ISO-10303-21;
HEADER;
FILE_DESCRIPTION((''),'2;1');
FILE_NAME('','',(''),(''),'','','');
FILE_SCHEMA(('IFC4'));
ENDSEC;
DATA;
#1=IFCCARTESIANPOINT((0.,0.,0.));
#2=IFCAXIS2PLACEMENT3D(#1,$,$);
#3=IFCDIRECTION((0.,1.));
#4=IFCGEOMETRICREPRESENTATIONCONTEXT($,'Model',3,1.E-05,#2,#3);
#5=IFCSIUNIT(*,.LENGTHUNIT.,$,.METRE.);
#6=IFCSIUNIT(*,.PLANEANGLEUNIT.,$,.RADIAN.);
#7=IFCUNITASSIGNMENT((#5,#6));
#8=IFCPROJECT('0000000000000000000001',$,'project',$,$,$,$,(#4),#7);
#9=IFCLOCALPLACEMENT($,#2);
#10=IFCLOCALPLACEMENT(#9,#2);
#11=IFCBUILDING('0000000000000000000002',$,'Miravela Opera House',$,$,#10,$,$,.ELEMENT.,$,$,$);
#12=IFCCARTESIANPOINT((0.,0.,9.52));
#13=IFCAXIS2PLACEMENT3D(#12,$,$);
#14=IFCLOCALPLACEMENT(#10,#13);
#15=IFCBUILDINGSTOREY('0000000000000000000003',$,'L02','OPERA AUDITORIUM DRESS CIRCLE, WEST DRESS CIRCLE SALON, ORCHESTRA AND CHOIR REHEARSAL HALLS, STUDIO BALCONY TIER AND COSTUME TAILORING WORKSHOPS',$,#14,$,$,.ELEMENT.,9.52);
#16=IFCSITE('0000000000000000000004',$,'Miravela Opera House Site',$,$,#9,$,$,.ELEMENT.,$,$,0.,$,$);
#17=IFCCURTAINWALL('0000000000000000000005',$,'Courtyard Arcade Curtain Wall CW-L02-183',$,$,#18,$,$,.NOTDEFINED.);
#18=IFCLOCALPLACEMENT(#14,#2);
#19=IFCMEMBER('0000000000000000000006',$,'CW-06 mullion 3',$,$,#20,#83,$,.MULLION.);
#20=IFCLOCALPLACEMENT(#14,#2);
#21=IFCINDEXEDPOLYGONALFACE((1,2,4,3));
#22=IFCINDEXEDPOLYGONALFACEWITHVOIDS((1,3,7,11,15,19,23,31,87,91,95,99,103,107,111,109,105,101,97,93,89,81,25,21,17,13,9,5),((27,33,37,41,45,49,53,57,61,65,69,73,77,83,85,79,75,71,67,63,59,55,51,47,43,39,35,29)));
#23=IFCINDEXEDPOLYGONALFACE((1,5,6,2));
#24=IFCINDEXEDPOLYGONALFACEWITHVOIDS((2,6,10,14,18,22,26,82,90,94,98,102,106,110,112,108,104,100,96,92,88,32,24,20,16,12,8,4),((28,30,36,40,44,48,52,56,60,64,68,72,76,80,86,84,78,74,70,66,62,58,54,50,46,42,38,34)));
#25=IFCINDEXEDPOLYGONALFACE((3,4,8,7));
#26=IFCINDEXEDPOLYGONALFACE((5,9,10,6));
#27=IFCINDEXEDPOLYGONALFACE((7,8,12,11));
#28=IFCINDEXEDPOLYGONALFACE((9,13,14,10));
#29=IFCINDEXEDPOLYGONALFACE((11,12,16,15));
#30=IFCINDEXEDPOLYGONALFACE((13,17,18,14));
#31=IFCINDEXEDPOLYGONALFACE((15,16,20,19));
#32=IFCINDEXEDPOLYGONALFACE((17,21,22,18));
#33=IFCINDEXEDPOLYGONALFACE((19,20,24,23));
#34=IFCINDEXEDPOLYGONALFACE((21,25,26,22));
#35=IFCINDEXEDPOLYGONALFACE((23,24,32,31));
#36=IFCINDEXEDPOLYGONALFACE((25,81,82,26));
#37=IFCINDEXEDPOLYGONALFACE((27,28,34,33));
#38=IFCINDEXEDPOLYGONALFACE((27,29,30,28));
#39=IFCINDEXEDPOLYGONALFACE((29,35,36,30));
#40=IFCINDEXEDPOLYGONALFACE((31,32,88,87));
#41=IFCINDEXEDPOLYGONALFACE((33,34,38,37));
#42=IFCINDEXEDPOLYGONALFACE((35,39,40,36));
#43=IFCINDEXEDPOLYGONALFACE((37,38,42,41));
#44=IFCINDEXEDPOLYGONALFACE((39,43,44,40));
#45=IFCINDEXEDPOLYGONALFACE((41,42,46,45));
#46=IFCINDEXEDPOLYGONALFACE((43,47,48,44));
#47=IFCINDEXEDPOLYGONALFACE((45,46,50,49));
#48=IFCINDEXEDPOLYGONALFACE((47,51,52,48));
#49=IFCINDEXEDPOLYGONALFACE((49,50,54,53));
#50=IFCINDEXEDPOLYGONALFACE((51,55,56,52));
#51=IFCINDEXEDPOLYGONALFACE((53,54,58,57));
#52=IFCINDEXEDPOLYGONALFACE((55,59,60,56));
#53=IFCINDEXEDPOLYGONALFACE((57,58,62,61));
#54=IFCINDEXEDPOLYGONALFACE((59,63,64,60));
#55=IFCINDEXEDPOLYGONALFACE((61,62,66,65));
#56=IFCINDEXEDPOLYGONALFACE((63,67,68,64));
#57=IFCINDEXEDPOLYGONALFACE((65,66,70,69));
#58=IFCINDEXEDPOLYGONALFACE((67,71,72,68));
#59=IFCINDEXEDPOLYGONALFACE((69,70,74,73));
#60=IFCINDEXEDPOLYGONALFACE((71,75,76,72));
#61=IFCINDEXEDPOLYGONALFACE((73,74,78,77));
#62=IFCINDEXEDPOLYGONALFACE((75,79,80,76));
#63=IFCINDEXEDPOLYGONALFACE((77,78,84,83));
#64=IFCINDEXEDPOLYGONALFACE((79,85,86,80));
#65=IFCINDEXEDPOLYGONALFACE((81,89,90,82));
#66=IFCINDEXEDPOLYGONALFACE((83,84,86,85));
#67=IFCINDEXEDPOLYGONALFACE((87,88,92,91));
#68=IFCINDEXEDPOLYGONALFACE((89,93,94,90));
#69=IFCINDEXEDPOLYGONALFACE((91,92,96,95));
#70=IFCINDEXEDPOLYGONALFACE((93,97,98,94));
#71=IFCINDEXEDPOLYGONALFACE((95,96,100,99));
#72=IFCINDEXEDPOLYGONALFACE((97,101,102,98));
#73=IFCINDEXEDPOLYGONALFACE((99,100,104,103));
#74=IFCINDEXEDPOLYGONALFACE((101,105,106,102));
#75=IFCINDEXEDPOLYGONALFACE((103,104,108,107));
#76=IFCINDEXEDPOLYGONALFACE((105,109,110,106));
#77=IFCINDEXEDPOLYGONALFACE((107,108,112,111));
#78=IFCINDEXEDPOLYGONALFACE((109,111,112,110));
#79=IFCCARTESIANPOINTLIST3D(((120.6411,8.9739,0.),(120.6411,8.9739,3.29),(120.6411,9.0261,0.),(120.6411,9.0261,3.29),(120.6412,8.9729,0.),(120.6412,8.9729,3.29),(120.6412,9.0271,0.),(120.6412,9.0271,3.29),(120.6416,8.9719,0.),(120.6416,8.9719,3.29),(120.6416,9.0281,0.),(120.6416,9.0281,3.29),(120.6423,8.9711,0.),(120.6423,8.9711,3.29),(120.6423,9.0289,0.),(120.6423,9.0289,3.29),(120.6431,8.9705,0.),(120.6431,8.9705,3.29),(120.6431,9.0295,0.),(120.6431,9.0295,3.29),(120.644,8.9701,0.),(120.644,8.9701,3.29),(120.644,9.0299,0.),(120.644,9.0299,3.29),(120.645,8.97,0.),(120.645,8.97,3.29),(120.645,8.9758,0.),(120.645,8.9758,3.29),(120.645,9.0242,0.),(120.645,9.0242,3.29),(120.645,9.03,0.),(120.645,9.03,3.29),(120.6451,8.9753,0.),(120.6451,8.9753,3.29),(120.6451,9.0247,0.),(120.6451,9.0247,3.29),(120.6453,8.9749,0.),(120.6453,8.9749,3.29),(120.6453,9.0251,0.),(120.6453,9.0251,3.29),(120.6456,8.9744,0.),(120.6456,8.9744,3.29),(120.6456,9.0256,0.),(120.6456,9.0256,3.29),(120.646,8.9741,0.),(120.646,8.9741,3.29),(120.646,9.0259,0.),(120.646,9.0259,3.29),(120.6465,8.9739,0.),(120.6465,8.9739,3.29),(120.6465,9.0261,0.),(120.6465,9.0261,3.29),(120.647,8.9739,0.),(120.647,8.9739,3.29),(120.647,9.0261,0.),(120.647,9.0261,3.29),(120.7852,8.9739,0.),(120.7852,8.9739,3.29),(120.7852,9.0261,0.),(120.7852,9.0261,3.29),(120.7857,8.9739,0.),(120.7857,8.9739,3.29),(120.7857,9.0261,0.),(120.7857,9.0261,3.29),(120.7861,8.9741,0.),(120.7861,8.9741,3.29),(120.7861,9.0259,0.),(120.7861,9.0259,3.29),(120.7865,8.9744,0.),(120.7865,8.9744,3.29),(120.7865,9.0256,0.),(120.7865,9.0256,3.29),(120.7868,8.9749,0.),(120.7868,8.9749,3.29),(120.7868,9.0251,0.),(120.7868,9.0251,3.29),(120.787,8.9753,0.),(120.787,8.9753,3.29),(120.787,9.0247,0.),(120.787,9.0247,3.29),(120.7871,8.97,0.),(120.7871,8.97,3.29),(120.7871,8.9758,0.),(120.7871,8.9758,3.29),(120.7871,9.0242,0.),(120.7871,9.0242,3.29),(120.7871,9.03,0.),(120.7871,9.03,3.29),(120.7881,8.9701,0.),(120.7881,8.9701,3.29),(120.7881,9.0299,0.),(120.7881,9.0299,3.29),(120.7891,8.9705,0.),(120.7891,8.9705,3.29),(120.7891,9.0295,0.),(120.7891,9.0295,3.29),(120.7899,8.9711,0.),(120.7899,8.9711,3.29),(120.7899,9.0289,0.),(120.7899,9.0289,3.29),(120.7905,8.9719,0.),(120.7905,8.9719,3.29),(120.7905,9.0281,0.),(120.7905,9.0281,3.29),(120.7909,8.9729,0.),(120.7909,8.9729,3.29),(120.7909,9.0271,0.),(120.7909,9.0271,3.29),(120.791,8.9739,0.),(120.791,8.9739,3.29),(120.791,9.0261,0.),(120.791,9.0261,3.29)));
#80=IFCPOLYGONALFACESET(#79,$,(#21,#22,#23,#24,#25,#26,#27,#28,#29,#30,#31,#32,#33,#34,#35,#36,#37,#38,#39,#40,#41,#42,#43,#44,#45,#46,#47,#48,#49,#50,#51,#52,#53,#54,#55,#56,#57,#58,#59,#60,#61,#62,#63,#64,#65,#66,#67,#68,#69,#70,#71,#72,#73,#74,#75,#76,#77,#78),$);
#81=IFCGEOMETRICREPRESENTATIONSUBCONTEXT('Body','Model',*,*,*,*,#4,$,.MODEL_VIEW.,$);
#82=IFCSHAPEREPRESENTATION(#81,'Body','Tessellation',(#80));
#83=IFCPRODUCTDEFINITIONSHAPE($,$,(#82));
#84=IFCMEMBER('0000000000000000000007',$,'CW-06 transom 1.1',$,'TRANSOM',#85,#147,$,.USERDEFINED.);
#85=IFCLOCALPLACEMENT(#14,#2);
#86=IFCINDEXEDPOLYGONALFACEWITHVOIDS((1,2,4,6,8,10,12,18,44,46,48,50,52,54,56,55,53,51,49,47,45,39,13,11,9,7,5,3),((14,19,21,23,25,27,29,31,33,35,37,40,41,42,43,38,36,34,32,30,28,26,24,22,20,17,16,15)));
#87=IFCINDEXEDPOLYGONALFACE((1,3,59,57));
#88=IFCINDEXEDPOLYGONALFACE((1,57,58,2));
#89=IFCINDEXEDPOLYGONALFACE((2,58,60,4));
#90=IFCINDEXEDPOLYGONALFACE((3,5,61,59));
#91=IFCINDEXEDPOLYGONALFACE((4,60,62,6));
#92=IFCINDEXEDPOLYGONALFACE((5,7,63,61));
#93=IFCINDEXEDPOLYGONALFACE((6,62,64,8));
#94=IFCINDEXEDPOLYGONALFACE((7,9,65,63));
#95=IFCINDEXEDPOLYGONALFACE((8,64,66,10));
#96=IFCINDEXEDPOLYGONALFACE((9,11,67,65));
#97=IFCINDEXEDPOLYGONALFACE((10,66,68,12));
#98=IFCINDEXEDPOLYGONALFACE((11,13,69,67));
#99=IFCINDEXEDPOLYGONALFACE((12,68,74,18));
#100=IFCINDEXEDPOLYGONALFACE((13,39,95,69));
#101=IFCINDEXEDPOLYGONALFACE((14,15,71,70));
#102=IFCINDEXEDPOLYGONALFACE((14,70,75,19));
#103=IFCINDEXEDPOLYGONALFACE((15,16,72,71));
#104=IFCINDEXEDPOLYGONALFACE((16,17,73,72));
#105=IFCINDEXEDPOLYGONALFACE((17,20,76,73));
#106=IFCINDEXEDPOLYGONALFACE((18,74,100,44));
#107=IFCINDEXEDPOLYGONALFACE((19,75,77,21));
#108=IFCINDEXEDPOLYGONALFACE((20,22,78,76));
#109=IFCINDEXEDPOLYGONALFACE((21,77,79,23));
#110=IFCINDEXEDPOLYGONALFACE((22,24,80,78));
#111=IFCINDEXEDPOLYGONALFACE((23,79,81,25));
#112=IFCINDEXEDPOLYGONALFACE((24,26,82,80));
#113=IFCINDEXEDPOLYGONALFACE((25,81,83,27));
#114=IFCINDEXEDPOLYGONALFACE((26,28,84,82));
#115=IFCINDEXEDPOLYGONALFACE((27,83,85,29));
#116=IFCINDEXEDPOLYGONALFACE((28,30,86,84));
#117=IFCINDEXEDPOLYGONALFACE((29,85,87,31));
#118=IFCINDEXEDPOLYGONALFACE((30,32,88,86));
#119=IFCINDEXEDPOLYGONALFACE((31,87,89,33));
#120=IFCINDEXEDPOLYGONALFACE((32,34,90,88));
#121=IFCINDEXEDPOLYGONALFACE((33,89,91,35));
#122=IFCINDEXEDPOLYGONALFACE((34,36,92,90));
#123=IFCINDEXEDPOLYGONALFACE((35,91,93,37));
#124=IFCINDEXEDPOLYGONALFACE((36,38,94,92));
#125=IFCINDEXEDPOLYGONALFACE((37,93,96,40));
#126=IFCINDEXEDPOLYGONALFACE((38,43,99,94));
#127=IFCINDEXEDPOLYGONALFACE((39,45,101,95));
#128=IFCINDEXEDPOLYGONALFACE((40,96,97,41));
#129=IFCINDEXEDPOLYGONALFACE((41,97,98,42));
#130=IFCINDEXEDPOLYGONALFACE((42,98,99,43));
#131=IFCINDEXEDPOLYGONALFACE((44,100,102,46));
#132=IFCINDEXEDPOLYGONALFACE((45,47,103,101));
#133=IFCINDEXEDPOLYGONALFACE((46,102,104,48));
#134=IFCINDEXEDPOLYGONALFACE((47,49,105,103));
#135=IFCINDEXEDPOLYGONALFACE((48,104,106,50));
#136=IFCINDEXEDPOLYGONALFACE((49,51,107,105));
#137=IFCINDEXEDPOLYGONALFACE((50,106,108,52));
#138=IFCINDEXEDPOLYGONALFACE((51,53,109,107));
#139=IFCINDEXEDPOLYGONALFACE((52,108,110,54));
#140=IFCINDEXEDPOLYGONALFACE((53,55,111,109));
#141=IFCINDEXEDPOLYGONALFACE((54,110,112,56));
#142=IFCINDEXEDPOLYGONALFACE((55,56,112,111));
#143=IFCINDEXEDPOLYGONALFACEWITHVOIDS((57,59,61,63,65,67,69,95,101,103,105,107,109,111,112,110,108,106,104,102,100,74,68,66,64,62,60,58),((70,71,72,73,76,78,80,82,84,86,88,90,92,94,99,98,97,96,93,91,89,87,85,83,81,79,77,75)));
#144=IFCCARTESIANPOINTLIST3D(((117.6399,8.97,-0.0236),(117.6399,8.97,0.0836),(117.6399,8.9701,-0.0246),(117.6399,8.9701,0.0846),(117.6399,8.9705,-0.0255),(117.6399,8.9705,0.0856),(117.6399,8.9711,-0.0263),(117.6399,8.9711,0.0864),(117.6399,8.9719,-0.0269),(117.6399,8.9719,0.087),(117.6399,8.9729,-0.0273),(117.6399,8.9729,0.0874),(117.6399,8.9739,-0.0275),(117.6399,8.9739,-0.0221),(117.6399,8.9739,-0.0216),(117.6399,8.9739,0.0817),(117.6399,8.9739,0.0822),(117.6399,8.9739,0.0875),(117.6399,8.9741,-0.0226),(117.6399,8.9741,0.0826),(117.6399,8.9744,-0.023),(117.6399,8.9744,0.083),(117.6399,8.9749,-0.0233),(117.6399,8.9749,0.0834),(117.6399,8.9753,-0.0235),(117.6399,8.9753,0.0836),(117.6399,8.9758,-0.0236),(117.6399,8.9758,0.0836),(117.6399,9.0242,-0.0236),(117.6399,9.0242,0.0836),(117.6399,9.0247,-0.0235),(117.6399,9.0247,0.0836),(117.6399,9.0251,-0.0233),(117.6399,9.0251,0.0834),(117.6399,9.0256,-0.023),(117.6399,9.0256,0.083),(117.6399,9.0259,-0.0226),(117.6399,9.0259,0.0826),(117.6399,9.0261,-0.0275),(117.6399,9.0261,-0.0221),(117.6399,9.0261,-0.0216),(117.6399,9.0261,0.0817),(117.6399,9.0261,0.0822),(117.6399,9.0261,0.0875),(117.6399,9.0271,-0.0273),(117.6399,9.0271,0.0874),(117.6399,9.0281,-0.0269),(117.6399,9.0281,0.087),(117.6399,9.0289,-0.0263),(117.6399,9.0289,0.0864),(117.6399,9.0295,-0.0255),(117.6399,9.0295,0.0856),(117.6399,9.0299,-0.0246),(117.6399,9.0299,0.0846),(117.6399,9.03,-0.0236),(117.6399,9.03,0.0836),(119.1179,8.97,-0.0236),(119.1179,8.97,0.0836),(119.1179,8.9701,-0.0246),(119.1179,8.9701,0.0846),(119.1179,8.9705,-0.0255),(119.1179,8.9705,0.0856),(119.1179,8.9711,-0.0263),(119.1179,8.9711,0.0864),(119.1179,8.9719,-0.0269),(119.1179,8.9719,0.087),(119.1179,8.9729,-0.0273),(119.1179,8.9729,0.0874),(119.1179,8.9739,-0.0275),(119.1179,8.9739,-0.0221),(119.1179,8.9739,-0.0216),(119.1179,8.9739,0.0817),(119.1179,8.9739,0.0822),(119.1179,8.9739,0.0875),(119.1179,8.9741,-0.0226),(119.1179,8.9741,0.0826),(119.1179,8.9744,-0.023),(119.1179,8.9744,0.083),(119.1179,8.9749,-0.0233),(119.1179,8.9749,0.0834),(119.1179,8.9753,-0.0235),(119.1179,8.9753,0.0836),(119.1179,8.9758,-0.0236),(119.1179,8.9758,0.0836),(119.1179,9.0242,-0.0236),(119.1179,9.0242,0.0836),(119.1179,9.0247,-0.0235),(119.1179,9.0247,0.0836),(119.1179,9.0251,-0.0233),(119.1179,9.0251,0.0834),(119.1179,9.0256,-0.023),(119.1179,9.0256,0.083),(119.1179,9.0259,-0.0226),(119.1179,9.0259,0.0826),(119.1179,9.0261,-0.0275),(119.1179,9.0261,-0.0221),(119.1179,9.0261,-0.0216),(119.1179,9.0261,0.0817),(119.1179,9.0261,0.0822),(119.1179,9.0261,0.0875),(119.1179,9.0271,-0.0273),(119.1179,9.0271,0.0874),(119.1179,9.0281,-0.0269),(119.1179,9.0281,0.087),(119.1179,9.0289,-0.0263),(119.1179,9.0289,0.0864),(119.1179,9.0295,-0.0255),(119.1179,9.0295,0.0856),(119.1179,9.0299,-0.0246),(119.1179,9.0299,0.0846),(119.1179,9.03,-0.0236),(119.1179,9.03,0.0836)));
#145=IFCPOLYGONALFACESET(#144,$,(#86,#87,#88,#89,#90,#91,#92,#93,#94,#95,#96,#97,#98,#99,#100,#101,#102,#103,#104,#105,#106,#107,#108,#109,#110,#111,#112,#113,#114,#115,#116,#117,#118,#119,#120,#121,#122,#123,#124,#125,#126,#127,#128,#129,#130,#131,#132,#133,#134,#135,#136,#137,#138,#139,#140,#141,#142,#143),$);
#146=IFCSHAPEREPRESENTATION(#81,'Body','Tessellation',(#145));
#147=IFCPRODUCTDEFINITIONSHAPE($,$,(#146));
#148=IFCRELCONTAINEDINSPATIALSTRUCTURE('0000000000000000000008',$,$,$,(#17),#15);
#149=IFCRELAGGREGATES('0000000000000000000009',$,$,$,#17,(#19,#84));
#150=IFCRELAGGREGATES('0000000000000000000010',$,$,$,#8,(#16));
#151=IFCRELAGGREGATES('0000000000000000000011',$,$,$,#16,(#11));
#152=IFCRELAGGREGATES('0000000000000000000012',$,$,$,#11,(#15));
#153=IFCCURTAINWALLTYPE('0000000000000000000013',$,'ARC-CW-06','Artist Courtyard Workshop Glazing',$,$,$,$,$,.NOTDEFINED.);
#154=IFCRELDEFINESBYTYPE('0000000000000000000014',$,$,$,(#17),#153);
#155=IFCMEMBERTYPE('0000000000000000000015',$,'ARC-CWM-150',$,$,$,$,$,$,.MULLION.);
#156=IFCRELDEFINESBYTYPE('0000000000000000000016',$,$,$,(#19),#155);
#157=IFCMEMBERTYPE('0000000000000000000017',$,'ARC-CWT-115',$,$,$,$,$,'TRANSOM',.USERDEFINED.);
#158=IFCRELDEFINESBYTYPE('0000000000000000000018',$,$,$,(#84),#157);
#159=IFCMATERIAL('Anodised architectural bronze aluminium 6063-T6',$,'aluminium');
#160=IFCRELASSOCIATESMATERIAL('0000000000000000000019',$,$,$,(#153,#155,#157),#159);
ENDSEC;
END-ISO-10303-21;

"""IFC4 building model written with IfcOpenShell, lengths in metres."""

from ifc_helpers import new_model, si_unit, direction, frame, origin, origin_2d, place, context, subcontext, project, spatial, hollow_rectangle, extrude, material, material_profile, profile_set, type_object, element, aggregate, save


model = new_model("IFC4")

# Units and contexts
model_context = context("Model", 3, precision=1e-05, world=origin(), true_north=direction((0.0, 1.0)))
body_context = subcontext(model_context, "Body", "Model", "MODEL_VIEW")
ifc_project = project(units=[si_unit("LENGTHUNIT", "METRE"), si_unit("PLANEANGLEUNIT", "RADIAN")], contexts=[model_context])

# Site, building, storey
site_placement = place(None, origin())
site = spatial("IfcSite", under=ifc_project, at=site_placement, Name="Miravela Opera House Site", CompositionType="ELEMENT", RefElevation=0.0)
building_placement = place(site_placement, origin())
building = spatial("IfcBuilding", under=site, at=building_placement, Name="Miravela Opera House", CompositionType="ELEMENT")
storey_placement = place(building_placement, frame((0.0, 0.0, 9.52)))
storey = spatial("IfcBuildingStorey", under=building, at=storey_placement, Name="L02", Description="OPERA AUDITORIUM DRESS CIRCLE, WEST DRESS CIRCLE SALON, ORCHESTRA AND CHOIR REHEARSAL HALLS, STUDIO BALCONY TIER AND COSTUME TAILORING WORKSHOPS", CompositionType="ELEMENT", Elevation=9.52)

# Curtain wall, members
ifc_material_1 = material(Name="Anodised architectural bronze aluminium 6063-T6", Category="aluminium")
curtain_wall_type = type_object("IfcCurtainWallType", Name="ARC-CW-06", Description="Artist Courtyard Workshop Glazing", PredefinedType="NOTDEFINED", material=ifc_material_1)
curtain_wall_placement = place(storey_placement, origin())
curtain_wall = element("IfcCurtainWall", 1, at=curtain_wall_placement, inside=storey, type_object=curtain_wall_type, Name="Courtyard Arcade Curtain Wall CW-L02-183", PredefinedType="NOTDEFINED")
ifc_material_profile_1 = material_profile(ifc_material_1, hollow_rectangle(XDim=0.0601, YDim=0.1499, WallThickness=0.0039, InnerFilletRadius=0.002, OuterFilletRadius=0.0039, at=origin_2d()), Name="CWM-60X150")
ifc_profile_set_1 = profile_set([ifc_material_profile_1])
member_type_1 = type_object("IfcMemberType", Name="ARC-CWM-150", PredefinedType="MULLION", material=ifc_profile_set_1)
member_1_placement = place(storey_placement, frame((120.7161, 9.0, 0.0), z_axis=(0.0, 0.0, 1.0), x_axis=(0.0, 1.0, 0.0)))
member_1 = element("IfcMember", 2, at=member_1_placement, type_object=member_type_1, Name="CW-06 mullion 3", PredefinedType="MULLION", context=body_context, shape_type="SweptSolid", body=[
    extrude(hollow_rectangle(XDim=0.0601, YDim=0.1499, WallThickness=0.0039, InnerFilletRadius=0.002, OuterFilletRadius=0.0039, at=origin_2d()), origin(), (0.0, 0.0, 1.0), 3.29),
])
ifc_material_profile_2 = material_profile(ifc_material_1, hollow_rectangle(XDim=0.0601, YDim=0.115, WallThickness=0.0039, InnerFilletRadius=0.002, OuterFilletRadius=0.0039, at=origin_2d()), Name="CWT-60X115")
ifc_profile_set_2 = profile_set([ifc_material_profile_2])
member_type_2 = type_object("IfcMemberType", Name="ARC-CWT-115", ElementType="TRANSOM", PredefinedType="USERDEFINED", material=ifc_profile_set_2)
member_2_placement = place(storey_placement, frame((117.6399, 9.0, 0.03), z_axis=(1.0, 0.0, 0.0), x_axis=(0.0, 1.0, 0.0)))
member_2 = element("IfcMember", 3, at=member_2_placement, type_object=member_type_2, Name="CW-06 transom 1.1", ObjectType="TRANSOM", PredefinedType="USERDEFINED", context=body_context, shape_type="SweptSolid", body=[
    extrude(hollow_rectangle(XDim=0.0601, YDim=0.115, WallThickness=0.0039, InnerFilletRadius=0.002, OuterFilletRadius=0.0039, at=origin_2d()), origin(), (0.0, 0.0, 1.0), 1.478),
])

aggregate(curtain_wall, [member_1, member_2])

save(model, "model.ifc")
